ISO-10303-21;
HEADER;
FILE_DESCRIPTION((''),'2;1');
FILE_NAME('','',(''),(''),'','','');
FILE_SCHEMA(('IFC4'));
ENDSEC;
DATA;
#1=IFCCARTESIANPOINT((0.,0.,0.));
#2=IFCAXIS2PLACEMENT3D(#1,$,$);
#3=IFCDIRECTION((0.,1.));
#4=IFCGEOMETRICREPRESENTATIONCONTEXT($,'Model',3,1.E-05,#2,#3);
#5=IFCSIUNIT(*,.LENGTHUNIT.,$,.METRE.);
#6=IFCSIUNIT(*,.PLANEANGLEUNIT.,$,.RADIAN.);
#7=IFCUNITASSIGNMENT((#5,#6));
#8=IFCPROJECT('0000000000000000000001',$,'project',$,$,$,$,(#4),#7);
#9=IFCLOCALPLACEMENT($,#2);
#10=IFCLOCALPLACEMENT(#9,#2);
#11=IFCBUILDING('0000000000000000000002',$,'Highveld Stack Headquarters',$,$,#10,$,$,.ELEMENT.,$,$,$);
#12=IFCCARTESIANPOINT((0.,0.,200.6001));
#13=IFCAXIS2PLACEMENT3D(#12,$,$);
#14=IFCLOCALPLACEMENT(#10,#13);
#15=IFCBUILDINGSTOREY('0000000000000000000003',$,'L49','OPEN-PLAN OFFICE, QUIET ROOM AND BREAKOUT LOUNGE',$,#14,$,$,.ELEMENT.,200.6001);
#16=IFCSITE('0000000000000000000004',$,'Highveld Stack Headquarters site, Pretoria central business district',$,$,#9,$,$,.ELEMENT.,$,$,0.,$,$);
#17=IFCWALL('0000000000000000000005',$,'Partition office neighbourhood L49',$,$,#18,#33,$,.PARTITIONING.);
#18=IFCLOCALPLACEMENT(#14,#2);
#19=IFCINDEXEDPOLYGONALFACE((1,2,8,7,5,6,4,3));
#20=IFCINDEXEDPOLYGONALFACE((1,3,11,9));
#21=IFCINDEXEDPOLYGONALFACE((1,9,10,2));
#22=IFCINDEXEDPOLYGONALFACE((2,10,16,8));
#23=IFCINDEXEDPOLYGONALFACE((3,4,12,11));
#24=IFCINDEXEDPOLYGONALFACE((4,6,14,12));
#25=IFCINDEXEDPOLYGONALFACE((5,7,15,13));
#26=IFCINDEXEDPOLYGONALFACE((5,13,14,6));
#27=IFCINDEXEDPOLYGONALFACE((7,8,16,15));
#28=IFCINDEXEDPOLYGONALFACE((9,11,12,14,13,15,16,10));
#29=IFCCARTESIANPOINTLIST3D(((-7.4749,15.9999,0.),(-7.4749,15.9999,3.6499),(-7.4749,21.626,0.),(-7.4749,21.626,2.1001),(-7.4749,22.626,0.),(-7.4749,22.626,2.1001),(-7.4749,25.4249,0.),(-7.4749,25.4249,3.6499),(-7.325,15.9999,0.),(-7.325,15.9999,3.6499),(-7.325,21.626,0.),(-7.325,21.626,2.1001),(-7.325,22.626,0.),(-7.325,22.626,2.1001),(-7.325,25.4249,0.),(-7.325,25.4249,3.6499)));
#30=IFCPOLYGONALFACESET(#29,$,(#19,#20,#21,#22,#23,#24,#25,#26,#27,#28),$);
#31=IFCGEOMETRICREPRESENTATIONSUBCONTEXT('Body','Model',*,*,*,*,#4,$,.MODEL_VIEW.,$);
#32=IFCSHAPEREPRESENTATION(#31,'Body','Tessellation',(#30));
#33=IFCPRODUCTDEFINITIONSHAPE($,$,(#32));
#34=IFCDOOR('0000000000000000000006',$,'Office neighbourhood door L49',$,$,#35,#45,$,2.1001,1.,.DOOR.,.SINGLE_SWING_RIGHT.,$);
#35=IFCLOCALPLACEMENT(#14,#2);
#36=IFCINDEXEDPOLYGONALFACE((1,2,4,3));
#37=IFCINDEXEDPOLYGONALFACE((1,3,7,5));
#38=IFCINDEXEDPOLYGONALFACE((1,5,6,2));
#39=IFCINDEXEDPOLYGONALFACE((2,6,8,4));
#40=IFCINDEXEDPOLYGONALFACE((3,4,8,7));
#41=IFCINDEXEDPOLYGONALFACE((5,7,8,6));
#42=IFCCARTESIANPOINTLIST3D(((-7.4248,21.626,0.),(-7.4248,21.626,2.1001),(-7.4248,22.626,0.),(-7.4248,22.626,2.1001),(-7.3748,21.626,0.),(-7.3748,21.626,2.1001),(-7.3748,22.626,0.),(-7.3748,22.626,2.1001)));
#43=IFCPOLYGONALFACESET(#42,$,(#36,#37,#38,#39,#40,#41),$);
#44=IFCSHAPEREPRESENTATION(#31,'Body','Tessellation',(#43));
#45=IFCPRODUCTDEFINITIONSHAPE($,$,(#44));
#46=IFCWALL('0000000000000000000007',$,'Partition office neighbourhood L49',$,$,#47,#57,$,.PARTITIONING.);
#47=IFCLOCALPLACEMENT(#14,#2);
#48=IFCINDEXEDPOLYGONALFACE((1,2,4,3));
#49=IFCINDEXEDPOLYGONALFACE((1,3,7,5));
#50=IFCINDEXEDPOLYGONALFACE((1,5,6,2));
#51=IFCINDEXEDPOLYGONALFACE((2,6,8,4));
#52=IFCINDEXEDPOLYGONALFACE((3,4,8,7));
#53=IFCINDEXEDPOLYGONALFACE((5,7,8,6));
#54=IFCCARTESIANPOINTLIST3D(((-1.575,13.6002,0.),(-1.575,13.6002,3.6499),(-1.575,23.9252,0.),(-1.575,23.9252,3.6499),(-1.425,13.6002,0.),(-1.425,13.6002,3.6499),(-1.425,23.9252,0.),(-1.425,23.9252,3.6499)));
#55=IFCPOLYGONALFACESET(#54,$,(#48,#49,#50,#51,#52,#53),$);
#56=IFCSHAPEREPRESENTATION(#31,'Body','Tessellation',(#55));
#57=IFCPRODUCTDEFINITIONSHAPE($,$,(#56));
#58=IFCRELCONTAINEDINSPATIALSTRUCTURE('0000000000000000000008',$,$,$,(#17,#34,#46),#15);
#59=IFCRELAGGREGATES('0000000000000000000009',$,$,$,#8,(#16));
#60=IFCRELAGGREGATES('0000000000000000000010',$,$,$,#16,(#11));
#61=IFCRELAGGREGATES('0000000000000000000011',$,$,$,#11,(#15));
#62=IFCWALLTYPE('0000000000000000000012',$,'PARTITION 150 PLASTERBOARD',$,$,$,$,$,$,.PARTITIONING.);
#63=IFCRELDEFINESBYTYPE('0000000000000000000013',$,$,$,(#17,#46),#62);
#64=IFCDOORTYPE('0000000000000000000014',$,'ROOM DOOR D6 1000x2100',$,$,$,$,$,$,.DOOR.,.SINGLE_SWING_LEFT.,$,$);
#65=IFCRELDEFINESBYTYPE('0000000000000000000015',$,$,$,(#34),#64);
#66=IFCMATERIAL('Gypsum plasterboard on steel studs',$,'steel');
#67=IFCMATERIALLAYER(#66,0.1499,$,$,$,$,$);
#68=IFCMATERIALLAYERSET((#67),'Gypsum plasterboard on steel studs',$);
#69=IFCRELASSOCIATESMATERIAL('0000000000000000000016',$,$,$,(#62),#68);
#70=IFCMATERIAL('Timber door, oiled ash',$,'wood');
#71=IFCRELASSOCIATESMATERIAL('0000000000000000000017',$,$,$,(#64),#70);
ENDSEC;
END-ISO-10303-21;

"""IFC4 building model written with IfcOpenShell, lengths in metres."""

from ifc_helpers import new_model, si_unit, direction, frame, frame_2d, origin, place, context, subcontext, project, spatial, rectangle, extrude, material, layer, layer_set, type_object, element, fill, save


model = new_model("IFC4")

# Units and contexts
model_context = context("Model", 3, precision=1e-05, world=origin(), true_north=direction((0.0, 1.0)))
body_context = subcontext(model_context, "Body", "Model", "MODEL_VIEW")
ifc_project = project(units=[si_unit("LENGTHUNIT", "METRE"), si_unit("PLANEANGLEUNIT", "RADIAN")], contexts=[model_context])

# Site, building, storey
site_placement = place(None, origin())
site = spatial("IfcSite", under=ifc_project, at=site_placement, Name="Highveld Stack Headquarters site, Pretoria central business district", CompositionType="ELEMENT", RefElevation=0.0)
building_placement = place(site_placement, origin())
building = spatial("IfcBuilding", under=site, at=building_placement, Name="Highveld Stack Headquarters", CompositionType="ELEMENT")
storey_placement = place(building_placement, frame((0.0, 0.0, 200.6001)))
storey = spatial("IfcBuildingStorey", under=building, at=storey_placement, Name="L49", Description="OPEN-PLAN OFFICE, QUIET ROOM AND BREAKOUT LOUNGE", CompositionType="ELEMENT", Elevation=200.6001)

# Shared definitions
ifc_material_1 = material(Name="Gypsum plasterboard on steel studs", Category="steel")
ifc_layer_1 = layer(ifc_material_1, 0.1499)
ifc_layer_set_1 = layer_set([ifc_layer_1], Name="Gypsum plasterboard on steel studs")
wall_type_1 = type_object("IfcWallType", Name="PARTITION 150 PLASTERBOARD", PredefinedType="PARTITIONING", material=ifc_layer_set_1)

# Shared definitions
ifc_material_2 = material(Name="Timber door, oiled ash", Category="wood")
door_type = type_object("IfcDoorType", Name="ROOM DOOR D6 1000x2100", OperationType="SINGLE_SWING_LEFT", PredefinedType="DOOR", material=ifc_material_2)

# Wall, opening, door
wall_1_placement = place(storey_placement, frame((-7.3999, 16.0, 0.0), z_axis=(0.0, 0.0, 1.0), x_axis=(0.0, 1.0, 0.0)))
wall_1 = element("IfcWall", 1, at=wall_1_placement, inside=storey, type_object=wall_type_1, Name="Partition office neighbourhood L49", PredefinedType="PARTITIONING", context=body_context, shape_type="SweptSolid", body=[
    extrude(rectangle(XDim=9.425, YDim=0.1499, at=frame_2d((4.7124, 0.0))), origin(), (0.0, 0.0, 1.0), 3.6499),
])
opening_1_placement = place(wall_1_placement, frame((5.626, 0.0, 0.0)))
opening_1 = element("IfcOpeningElement", 2, at=opening_1_placement, cuts=wall_1, PredefinedType="OPENING", context=body_context, shape_type="SweptSolid", body=[
    extrude(rectangle(XDim=1.0, YDim=2.1001, at=frame_2d((0.5, 1.05))), frame((0.0, 0.085, 0.0), z_axis=(0.0, -1.0, 0.0), x_axis=(1.0, 0.0, 0.0)), (0.0, 0.0, 1.0), 0.1699),
])
door_1_placement = place(opening_1_placement, origin())
door_1 = element("IfcDoor", 3, at=door_1_placement, inside=storey, type_object=door_type, Name="Office neighbourhood door L49", OperationType="SINGLE_SWING_RIGHT", OverallHeight=2.1001, OverallWidth=1.0, PredefinedType="DOOR", context=body_context, shape_type="SweptSolid", body=[
    extrude(rectangle(XDim=1.0, YDim=2.1001, at=frame_2d((0.5, 1.05))), frame((0.0, 0.0249, 0.0), z_axis=(0.0, -1.0, 0.0), x_axis=(1.0, 0.0, 0.0)), (0.0, 0.0, 1.0), 0.05),
])
fill(opening_1, door_1)

# Wall
wall_2_placement = place(storey_placement, frame((-1.5, 13.6001, 0.0), z_axis=(0.0, 0.0, 1.0), x_axis=(0.0, 1.0, 0.0)))
element("IfcWall", 4, at=wall_2_placement, inside=storey, type_object=wall_type_1, Name="Partition office neighbourhood L49", PredefinedType="PARTITIONING", context=body_context, shape_type="SweptSolid", body=[
    extrude(rectangle(XDim=10.325, YDim=0.1499, at=frame_2d((5.1626, 0.0))), origin(), (0.0, 0.0, 1.0), 3.6499),
])

save(model, "model.ifc")
